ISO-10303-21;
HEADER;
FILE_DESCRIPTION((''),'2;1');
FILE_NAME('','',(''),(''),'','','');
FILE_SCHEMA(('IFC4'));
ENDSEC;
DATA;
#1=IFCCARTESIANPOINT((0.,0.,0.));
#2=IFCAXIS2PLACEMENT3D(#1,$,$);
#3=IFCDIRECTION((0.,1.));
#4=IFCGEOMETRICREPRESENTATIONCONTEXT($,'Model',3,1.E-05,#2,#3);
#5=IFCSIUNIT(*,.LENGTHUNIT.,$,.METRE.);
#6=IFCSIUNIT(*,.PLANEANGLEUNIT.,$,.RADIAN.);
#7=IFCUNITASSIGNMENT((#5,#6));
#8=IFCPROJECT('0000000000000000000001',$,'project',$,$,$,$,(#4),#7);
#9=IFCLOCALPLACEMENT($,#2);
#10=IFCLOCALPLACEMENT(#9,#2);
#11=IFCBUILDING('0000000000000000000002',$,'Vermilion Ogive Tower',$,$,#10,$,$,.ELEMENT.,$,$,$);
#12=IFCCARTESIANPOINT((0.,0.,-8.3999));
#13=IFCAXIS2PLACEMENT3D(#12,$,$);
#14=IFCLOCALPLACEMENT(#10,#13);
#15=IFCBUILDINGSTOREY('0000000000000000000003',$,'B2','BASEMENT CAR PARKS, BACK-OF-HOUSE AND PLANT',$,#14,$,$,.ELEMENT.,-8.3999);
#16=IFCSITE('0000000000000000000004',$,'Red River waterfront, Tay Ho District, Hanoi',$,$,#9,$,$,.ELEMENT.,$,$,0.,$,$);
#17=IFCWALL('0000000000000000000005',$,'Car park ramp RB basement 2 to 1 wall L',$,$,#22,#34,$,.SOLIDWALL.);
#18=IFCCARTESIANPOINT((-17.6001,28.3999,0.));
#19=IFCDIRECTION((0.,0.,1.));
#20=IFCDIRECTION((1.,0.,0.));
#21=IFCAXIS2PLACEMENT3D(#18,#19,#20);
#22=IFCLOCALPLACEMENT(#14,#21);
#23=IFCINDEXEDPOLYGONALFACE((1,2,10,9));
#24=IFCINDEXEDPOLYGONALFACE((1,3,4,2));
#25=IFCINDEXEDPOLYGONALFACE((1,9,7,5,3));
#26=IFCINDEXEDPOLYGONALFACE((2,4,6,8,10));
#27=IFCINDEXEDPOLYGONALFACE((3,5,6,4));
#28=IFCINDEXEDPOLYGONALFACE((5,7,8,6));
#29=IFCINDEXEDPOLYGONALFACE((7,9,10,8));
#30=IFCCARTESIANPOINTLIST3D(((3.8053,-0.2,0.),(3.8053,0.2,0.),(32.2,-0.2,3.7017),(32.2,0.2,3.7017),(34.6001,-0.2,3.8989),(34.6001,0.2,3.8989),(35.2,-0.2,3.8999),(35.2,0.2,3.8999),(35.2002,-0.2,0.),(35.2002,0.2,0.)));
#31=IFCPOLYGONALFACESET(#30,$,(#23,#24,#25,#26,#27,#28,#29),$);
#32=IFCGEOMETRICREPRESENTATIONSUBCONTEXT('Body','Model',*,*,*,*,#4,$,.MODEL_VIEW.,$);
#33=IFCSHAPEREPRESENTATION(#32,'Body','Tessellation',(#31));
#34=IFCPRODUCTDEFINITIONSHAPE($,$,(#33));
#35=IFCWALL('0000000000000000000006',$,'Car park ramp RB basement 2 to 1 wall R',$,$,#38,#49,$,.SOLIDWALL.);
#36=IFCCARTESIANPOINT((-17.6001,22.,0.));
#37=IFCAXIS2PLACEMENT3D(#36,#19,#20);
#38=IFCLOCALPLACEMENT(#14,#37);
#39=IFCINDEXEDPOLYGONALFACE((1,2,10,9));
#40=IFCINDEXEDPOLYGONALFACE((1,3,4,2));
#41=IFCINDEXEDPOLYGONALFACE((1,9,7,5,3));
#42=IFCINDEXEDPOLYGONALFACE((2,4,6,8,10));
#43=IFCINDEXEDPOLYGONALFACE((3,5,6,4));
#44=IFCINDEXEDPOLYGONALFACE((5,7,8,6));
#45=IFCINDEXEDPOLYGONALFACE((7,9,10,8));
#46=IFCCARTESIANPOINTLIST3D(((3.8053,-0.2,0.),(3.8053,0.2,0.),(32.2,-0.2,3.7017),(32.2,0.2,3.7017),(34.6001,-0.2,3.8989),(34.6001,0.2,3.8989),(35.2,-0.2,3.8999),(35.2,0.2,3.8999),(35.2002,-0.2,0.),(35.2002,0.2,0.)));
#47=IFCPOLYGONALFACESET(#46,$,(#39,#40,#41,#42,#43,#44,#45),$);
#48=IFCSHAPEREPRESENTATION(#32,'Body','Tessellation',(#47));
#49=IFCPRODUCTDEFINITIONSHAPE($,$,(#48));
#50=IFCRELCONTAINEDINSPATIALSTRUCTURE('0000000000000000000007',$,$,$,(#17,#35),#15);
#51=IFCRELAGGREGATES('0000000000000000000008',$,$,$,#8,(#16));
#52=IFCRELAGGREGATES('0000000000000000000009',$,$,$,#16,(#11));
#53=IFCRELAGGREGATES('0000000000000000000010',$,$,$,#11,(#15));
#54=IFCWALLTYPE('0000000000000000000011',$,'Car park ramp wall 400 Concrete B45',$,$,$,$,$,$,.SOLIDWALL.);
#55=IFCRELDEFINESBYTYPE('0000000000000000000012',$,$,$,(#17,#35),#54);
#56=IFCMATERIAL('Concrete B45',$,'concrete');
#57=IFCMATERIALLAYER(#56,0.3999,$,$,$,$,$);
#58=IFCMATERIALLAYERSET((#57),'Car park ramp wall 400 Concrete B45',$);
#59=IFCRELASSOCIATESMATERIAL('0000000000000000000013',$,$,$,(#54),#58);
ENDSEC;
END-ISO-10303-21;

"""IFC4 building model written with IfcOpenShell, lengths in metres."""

from ifc_helpers import new_model, si_unit, direction, frame, origin, place, context, subcontext, project, spatial, polyline, outline, extrude, material, layer, layer_set, type_object, element, save


model = new_model("IFC4")

# Units and contexts
model_context = context("Model", 3, precision=1e-05, world=origin(), true_north=direction((0.0, 1.0)))
body_context = subcontext(model_context, "Body", "Model", "MODEL_VIEW")
ifc_project = project(units=[si_unit("LENGTHUNIT", "METRE"), si_unit("PLANEANGLEUNIT", "RADIAN")], contexts=[model_context])

# Site, building, storey
site_placement = place(None, origin())
site = spatial("IfcSite", under=ifc_project, at=site_placement, Name="Red River waterfront, Tay Ho District, Hanoi", CompositionType="ELEMENT", RefElevation=0.0)
building_placement = place(site_placement, origin())
building = spatial("IfcBuilding", under=site, at=building_placement, Name="Vermilion Ogive Tower", CompositionType="ELEMENT")
storey_placement = place(building_placement, frame((0.0, 0.0, -8.3999)))
storey = spatial("IfcBuildingStorey", under=building, at=storey_placement, Name="B2", Description="BASEMENT CAR PARKS, BACK-OF-HOUSE AND PLANT", CompositionType="ELEMENT", Elevation=-8.3999)

# Walls
ifc_material_1 = material(Name="Concrete B45", Category="concrete")
ifc_layer_1 = layer(ifc_material_1, 0.3999)
ifc_layer_set_1 = layer_set([ifc_layer_1], Name="Car park ramp wall 400 Concrete B45")
wall_type_1 = type_object("IfcWallType", Name="Car park ramp wall 400 Concrete B45", PredefinedType="SOLIDWALL", material=ifc_layer_set_1)
for number, where, z_axis, x_axis, name in (
    (1, (-17.6001, 28.3999, 0.0), (0.0, 0.0, 1.0), (1.0, 0.0, 0.0), "Car park ramp RB basement 2 to 1 wall L"),
    (2, (-17.6001, 22.0, 0.0), (0.0, 0.0, 1.0), (1.0, 0.0, 0.0), "Car park ramp RB basement 2 to 1 wall R"),
):
    element("IfcWall", number, at=place(storey_placement, frame(where, z_axis=z_axis, x_axis=x_axis)), inside=storey, type_object=wall_type_1, Name=name, PredefinedType="SOLIDWALL", context=body_context, shape_type="SweptSolid", body=[
        extrude(outline(polyline([(0.0, 0.0), (35.2002, 0.0), (35.2, 3.8999), (34.6001, 3.8989), (32.2, 3.7017), (3.0, -0.105), (0.0, -0.3008), (0.0, 0.0)])), frame((0.0, 0.2, 0.0), z_axis=(0.0, -1.0, 0.0), x_axis=(1.0, 0.0, 0.0)), (0.0, 0.0, 1.0), 0.3999),
    ])

save(model, "model.ifc")
